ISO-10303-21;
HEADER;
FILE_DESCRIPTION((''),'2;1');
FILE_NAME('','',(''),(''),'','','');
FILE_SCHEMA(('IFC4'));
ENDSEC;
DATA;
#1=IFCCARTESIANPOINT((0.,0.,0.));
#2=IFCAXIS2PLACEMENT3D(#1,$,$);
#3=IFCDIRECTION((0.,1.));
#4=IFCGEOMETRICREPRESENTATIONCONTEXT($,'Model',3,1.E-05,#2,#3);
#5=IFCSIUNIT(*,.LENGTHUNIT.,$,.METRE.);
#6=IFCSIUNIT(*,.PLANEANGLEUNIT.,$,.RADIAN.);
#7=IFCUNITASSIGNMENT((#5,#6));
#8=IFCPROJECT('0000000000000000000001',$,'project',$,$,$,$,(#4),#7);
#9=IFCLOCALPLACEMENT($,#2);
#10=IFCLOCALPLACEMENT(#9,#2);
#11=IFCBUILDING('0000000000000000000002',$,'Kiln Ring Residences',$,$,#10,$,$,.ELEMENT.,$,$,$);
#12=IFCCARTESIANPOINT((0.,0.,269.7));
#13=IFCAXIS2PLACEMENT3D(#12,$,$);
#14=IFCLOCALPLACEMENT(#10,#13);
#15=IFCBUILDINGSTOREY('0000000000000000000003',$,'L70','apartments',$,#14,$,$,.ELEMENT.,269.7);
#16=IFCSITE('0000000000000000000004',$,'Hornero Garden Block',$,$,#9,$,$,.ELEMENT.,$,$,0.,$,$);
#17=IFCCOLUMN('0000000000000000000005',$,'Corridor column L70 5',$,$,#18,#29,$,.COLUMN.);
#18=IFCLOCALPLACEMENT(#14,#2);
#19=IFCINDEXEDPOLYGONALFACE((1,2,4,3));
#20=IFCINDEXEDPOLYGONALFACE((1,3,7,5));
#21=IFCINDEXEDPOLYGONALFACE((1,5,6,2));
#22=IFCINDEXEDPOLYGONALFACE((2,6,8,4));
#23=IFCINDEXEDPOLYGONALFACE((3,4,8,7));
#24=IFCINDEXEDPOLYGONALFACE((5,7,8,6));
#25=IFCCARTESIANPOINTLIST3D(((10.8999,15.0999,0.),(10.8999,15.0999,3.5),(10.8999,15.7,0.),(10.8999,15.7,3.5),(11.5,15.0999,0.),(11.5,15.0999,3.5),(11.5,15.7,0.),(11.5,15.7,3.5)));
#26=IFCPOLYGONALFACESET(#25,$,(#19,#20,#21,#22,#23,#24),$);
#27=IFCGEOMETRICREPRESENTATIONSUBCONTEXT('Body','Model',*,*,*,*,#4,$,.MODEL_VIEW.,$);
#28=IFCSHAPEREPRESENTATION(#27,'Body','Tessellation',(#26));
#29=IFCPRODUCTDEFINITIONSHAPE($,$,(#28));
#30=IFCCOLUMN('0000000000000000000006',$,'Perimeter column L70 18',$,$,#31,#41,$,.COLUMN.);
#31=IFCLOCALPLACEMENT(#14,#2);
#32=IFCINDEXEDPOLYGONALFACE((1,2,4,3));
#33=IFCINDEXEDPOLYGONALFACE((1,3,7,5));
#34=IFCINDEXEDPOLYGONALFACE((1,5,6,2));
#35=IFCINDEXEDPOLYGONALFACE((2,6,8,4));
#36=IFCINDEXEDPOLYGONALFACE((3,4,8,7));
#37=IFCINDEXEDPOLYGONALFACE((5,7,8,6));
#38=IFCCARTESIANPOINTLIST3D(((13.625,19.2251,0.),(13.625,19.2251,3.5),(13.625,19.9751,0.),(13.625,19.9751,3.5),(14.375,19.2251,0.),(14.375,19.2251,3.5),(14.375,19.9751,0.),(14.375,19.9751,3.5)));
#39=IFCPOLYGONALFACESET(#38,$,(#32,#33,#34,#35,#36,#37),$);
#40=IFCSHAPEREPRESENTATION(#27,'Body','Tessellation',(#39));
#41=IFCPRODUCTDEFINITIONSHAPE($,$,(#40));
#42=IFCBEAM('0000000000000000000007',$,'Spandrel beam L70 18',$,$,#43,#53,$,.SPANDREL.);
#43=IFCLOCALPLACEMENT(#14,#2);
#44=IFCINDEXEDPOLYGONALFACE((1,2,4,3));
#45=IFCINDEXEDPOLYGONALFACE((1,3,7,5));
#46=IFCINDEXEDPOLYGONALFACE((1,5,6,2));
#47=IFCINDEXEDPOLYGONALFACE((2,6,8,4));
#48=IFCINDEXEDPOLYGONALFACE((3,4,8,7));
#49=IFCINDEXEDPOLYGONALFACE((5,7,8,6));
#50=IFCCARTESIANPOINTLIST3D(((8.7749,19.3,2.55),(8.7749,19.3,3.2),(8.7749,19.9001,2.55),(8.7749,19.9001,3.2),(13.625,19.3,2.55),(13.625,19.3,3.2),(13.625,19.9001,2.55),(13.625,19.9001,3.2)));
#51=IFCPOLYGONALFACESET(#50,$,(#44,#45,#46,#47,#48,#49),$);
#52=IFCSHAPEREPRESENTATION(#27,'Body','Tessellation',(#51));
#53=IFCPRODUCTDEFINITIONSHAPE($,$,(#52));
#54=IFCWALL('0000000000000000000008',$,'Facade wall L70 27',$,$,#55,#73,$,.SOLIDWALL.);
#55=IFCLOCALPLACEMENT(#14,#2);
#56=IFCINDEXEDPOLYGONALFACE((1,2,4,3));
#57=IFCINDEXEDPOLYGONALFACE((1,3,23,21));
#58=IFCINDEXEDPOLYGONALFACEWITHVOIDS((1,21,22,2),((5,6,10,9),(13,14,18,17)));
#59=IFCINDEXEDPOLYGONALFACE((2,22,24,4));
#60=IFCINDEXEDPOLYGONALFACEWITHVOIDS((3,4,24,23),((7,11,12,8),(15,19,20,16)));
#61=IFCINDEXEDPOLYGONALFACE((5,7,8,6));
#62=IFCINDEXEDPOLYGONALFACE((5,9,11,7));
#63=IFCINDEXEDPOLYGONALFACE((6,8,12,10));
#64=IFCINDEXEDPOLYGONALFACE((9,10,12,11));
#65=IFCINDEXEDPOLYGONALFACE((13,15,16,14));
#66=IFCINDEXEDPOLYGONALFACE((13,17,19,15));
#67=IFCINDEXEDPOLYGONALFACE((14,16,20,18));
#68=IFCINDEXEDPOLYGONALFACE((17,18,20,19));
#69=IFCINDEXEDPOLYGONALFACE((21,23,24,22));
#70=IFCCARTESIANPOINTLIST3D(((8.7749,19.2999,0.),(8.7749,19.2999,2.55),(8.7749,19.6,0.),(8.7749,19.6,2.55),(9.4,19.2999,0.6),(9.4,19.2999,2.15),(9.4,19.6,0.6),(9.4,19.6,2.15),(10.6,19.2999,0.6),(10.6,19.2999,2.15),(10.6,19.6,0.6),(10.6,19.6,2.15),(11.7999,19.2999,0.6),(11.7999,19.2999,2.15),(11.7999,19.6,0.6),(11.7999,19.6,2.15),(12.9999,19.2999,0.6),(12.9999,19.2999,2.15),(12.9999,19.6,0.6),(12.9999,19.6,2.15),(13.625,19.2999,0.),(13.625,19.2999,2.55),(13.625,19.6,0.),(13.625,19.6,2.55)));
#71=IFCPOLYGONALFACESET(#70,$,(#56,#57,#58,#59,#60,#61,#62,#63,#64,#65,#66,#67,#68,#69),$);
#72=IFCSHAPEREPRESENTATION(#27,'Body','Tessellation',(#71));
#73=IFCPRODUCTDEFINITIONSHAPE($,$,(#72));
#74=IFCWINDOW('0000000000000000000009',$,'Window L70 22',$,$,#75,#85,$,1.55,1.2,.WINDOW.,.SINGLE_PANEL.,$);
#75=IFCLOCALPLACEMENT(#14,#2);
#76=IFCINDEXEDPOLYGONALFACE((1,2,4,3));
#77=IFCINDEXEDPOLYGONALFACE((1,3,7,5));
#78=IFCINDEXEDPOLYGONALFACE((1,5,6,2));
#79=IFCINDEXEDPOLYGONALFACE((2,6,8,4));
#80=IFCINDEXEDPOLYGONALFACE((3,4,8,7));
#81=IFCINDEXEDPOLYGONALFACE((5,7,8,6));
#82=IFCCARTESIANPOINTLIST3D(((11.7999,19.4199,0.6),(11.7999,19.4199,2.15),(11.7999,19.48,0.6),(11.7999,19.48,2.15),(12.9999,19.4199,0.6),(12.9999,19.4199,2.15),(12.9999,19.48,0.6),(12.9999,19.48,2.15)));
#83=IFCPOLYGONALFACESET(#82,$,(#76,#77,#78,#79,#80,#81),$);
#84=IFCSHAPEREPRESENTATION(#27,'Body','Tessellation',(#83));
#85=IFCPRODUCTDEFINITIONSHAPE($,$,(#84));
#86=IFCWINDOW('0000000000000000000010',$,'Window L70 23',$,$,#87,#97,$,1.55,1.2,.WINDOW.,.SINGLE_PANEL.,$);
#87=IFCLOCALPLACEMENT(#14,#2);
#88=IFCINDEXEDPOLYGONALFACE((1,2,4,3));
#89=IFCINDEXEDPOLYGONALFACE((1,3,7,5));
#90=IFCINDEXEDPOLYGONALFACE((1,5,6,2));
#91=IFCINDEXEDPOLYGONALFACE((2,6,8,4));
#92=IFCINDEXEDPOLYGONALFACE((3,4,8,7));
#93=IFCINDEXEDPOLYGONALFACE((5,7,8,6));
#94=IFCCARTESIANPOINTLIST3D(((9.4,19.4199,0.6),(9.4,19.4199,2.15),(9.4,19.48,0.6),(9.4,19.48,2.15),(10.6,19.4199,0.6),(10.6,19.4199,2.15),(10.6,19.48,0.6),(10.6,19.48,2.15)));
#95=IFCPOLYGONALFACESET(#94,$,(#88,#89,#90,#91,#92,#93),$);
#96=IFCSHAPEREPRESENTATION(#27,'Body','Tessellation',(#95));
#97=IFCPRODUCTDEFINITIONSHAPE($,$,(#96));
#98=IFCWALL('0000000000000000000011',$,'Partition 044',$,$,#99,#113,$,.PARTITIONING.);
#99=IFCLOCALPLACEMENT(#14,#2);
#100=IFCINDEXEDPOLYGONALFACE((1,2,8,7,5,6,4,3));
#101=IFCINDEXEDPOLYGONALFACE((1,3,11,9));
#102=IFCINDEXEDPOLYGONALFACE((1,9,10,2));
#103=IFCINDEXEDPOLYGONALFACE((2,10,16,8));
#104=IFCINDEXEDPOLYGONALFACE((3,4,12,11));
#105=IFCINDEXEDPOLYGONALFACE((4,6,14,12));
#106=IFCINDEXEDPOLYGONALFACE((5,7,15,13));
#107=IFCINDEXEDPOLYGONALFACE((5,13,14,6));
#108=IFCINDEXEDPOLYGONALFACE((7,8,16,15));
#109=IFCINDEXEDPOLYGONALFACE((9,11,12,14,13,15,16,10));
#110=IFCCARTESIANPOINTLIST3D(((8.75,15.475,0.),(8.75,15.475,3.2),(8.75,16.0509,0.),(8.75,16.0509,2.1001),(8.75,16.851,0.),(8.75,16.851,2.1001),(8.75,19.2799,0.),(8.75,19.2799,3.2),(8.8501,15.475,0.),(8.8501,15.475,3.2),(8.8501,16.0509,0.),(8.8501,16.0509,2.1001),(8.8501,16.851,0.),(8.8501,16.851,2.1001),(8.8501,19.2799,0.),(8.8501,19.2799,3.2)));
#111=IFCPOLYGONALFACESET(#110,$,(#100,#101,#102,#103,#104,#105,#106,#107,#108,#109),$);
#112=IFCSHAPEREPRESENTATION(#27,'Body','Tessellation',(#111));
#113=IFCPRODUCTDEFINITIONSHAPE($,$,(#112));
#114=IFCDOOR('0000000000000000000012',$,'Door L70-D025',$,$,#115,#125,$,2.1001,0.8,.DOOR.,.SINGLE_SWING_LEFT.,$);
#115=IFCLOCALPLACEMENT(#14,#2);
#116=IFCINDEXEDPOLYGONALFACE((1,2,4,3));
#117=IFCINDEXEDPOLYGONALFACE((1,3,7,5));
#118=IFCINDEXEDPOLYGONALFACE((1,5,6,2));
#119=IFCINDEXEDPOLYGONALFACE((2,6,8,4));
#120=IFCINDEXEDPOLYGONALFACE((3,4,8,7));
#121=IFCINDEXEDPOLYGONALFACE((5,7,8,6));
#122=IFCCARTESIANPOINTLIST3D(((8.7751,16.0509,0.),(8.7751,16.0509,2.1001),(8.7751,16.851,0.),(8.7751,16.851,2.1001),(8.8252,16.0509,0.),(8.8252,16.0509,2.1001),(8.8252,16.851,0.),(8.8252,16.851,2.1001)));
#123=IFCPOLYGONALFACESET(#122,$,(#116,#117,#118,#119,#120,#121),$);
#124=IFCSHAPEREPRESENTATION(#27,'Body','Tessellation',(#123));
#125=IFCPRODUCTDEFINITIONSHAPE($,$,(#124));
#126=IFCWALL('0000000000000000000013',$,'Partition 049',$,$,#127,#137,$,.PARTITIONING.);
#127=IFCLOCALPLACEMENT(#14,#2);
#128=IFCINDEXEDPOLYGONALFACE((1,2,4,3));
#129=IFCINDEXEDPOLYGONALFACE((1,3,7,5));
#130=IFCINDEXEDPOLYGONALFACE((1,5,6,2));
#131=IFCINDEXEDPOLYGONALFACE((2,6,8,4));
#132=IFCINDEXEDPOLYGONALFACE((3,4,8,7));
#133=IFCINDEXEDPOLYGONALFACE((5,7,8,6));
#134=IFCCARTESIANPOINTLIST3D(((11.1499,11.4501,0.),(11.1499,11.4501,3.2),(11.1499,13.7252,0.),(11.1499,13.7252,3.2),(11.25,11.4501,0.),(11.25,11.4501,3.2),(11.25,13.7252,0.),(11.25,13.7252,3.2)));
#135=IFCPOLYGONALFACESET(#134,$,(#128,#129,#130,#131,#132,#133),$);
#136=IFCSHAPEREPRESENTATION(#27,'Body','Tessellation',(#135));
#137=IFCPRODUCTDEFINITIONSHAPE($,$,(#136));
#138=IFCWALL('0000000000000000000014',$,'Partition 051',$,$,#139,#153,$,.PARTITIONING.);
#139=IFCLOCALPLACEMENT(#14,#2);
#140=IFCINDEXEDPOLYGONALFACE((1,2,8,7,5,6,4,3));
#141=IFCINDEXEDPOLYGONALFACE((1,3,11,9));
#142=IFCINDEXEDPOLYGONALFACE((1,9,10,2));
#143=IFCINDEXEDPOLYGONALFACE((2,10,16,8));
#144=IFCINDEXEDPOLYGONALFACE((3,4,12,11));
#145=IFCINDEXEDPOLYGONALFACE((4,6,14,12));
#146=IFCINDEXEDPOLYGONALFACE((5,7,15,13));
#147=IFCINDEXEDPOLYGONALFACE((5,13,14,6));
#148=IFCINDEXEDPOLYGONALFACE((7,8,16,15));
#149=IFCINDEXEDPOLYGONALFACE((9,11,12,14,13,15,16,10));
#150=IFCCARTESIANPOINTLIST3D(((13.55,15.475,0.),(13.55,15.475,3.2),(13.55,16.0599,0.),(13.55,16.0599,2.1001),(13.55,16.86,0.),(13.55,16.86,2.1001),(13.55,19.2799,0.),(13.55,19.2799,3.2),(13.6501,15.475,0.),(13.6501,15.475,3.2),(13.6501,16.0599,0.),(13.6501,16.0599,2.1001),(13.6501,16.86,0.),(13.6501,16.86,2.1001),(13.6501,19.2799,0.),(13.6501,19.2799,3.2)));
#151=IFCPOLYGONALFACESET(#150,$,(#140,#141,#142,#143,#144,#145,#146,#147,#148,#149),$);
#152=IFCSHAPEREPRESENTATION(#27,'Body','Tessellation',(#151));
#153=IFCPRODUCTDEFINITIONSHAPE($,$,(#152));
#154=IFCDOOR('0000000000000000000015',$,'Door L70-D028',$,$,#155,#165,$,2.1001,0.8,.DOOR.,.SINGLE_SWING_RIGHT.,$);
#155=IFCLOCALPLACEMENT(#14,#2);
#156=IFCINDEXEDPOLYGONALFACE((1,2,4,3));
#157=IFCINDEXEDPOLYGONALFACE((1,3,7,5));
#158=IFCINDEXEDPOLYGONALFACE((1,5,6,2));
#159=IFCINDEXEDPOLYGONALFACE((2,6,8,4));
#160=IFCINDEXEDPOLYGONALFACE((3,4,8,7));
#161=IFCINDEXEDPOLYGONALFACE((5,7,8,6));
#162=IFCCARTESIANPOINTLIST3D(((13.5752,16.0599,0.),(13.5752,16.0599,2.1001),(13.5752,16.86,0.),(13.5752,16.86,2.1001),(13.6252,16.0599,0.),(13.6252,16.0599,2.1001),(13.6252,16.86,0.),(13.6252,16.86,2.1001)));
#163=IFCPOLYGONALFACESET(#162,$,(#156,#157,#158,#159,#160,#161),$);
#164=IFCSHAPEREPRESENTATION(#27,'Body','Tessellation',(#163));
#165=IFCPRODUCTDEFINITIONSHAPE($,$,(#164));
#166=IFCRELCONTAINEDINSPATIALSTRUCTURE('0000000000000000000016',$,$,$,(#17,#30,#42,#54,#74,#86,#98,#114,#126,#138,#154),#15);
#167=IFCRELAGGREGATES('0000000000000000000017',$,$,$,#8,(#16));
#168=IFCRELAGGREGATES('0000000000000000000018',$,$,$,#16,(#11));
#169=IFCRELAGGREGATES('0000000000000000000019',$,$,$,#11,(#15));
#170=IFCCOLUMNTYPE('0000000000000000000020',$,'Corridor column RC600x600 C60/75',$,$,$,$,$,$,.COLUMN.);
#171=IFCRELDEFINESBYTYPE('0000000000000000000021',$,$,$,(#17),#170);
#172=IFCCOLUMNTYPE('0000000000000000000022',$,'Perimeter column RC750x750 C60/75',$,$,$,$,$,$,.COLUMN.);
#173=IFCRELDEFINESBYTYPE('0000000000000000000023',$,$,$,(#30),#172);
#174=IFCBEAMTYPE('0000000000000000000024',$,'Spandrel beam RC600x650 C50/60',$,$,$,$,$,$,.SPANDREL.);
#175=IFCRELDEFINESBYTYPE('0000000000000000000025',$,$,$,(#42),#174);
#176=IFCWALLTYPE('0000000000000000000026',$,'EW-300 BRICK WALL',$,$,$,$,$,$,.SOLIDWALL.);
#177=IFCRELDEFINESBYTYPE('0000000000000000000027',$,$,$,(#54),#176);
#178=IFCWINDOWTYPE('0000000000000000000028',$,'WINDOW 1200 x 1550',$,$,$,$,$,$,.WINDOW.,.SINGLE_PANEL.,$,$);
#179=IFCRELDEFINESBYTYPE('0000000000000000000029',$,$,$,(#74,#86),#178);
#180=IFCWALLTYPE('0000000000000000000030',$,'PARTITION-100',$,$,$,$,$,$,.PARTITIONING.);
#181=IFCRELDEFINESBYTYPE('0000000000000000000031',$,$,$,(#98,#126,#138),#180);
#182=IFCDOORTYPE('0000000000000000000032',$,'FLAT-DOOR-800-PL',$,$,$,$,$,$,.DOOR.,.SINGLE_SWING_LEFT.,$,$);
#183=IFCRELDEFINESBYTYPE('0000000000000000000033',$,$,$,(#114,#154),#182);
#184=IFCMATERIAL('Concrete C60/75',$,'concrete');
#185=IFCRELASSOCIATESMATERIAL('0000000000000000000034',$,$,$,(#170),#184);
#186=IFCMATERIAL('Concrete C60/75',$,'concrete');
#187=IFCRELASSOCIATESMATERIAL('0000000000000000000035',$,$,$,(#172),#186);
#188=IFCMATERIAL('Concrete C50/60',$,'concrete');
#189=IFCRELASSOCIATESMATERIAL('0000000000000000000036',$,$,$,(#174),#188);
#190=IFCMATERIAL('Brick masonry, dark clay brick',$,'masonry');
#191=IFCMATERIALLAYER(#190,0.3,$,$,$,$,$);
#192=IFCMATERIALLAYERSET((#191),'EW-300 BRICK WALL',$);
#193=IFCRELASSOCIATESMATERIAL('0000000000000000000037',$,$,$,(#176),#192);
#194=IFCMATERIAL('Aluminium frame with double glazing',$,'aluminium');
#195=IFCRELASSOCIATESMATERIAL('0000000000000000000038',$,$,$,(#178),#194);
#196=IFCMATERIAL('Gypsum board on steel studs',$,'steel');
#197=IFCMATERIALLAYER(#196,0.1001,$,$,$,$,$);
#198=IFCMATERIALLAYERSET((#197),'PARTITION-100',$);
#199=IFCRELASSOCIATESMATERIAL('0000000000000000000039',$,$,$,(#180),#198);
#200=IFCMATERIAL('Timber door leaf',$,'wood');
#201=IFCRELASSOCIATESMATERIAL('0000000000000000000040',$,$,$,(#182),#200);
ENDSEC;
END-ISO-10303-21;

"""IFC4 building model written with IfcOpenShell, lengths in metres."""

from ifc_helpers import new_model, si_unit, direction, frame, frame_2d, origin, origin_2d, place, context, subcontext, project, spatial, rectangle, extrude, material, layer, layer_set, material_profile, profile_set, type_object, element, fill, save


model = new_model("IFC4")

# Units and contexts
model_context = context("Model", 3, precision=1e-05, world=origin(), true_north=direction((0.0, 1.0)))
body_context = subcontext(model_context, "Body", "Model", "MODEL_VIEW")
ifc_project = project(units=[si_unit("LENGTHUNIT", "METRE"), si_unit("PLANEANGLEUNIT", "RADIAN")], contexts=[model_context])

# Site, building, storey
site_placement = place(None, origin())
site = spatial("IfcSite", under=ifc_project, at=site_placement, Name="Hornero Garden Block", CompositionType="ELEMENT", RefElevation=0.0)
building_placement = place(site_placement, origin())
building = spatial("IfcBuilding", under=site, at=building_placement, Name="Kiln Ring Residences", CompositionType="ELEMENT")
storey_placement = place(building_placement, frame((0.0, 0.0, 269.7)))
storey = spatial("IfcBuildingStorey", under=building, at=storey_placement, Name="L70", Description="apartments", CompositionType="ELEMENT", Elevation=269.7)

# Columns
ifc_material_1 = material(Name="Concrete C60/75", Category="concrete")
ifc_material_profile_1 = material_profile(ifc_material_1, rectangle(XDim=0.6001, YDim=0.6001, at=origin_2d()), Name="RC600x600")
ifc_profile_set_1 = profile_set([ifc_material_profile_1], Name="Concrete C60/75")
column_type_1 = type_object("IfcColumnType", Name="Corridor column RC600x600 C60/75", PredefinedType="COLUMN", material=ifc_profile_set_1)
column_1_placement = place(storey_placement, frame((11.2, 15.3999, 0.0), z_axis=(0.0, 0.0, 1.0), x_axis=(1.0, 0.0, 0.0)))
element("IfcColumn", 1, at=column_1_placement, inside=storey, type_object=column_type_1, Name="Corridor column L70 5", PredefinedType="COLUMN", context=body_context, shape_type="SweptSolid", body=[
    extrude(rectangle(XDim=0.6001, YDim=0.6001, at=origin_2d()), origin(), (0.0, 0.0, 1.0), 3.5),
])
ifc_material_2 = material(Name="Concrete C60/75", Category="concrete")
ifc_material_profile_2 = material_profile(ifc_material_2, rectangle(XDim=0.75, YDim=0.75, at=origin_2d()), Name="RC750x750")
ifc_profile_set_2 = profile_set([ifc_material_profile_2], Name="Concrete C60/75")
column_type_2 = type_object("IfcColumnType", Name="Perimeter column RC750x750 C60/75", PredefinedType="COLUMN", material=ifc_profile_set_2)
column_2_placement = place(storey_placement, frame((14.0, 19.6001, 0.0), z_axis=(0.0, 0.0, 1.0), x_axis=(1.0, 0.0, 0.0)))
element("IfcColumn", 2, at=column_2_placement, inside=storey, type_object=column_type_2, Name="Perimeter column L70 18", PredefinedType="COLUMN", context=body_context, shape_type="SweptSolid", body=[
    extrude(rectangle(XDim=0.75, YDim=0.75, at=origin_2d()), origin(), (0.0, 0.0, 1.0), 3.5),
])

# Beam
ifc_material_3 = material(Name="Concrete C50/60", Category="concrete")
ifc_material_profile_3 = material_profile(ifc_material_3, rectangle(XDim=0.6001, YDim=0.6499, at=origin_2d()), Name="RC600x650")
ifc_profile_set_3 = profile_set([ifc_material_profile_3], Name="Concrete C50/60")
beam_type = type_object("IfcBeamType", Name="Spandrel beam RC600x650 C50/60", PredefinedType="SPANDREL", material=ifc_profile_set_3)
beam_placement = place(storey_placement, frame((13.625, 19.6001, 2.875), z_axis=(-1.0, 0.0, 0.0), x_axis=(0.0, -1.0, 0.0)))
element("IfcBeam", 3, at=beam_placement, inside=storey, type_object=beam_type, Name="Spandrel beam L70 18", PredefinedType="SPANDREL", context=body_context, shape_type="SweptSolid", body=[
    extrude(rectangle(XDim=0.6001, YDim=0.6499, at=origin_2d()), origin(), (0.0, 0.0, 1.0), 4.8501),
])

# Wall, openings, windows
ifc_material_4 = material(Name="Brick masonry, dark clay brick", Category="masonry")
ifc_layer_1 = layer(ifc_material_4, 0.3)
ifc_layer_set_1 = layer_set([ifc_layer_1], Name="EW-300 BRICK WALL")
wall_type_1 = type_object("IfcWallType", Name="EW-300 BRICK WALL", PredefinedType="SOLIDWALL", material=ifc_layer_set_1)
wall_1_placement = place(storey_placement, frame((13.625, 19.45, 0.0), z_axis=(0.0, 0.0, 1.0), x_axis=(-1.0, 0.0, 0.0)))
wall_1 = element("IfcWall", 4, at=wall_1_placement, inside=storey, type_object=wall_type_1, Name="Facade wall L70 27", PredefinedType="SOLIDWALL", context=body_context, shape_type="SweptSolid", body=[
    extrude(rectangle(XDim=4.8501, YDim=0.3, at=frame_2d((2.425, 0.0))), origin(), (0.0, 0.0, 1.0), 2.55),
])
opening_1_placement = place(wall_1_placement, frame((0.625, 0.0, 0.6001)))
opening_1 = element("IfcOpeningElement", 5, at=opening_1_placement, cuts=wall_1, PredefinedType="OPENING", context=body_context, shape_type="SweptSolid", body=[
    extrude(rectangle(XDim=1.2, YDim=1.55, at=frame_2d((0.6001, 0.7749))), frame((0.0, 0.1599, 0.0), z_axis=(0.0, -1.0, 0.0), x_axis=(1.0, 0.0, 0.0)), (0.0, 0.0, 1.0), 0.3201),
])
opening_2_placement = place(wall_1_placement, frame((3.0249, 0.0, 0.6001)))
opening_2 = element("IfcOpeningElement", 6, at=opening_2_placement, cuts=wall_1, PredefinedType="OPENING", context=body_context, shape_type="SweptSolid", body=[
    extrude(rectangle(XDim=1.2, YDim=1.55, at=frame_2d((0.6001, 0.7749))), frame((0.0, 0.1599, 0.0), z_axis=(0.0, -1.0, 0.0), x_axis=(1.0, 0.0, 0.0)), (0.0, 0.0, 1.0), 0.3201),
])
ifc_material_5 = material(Name="Aluminium frame with double glazing", Category="aluminium")
window_type = type_object("IfcWindowType", Name="WINDOW 1200 x 1550", PartitioningType="SINGLE_PANEL", PredefinedType="WINDOW", material=ifc_material_5)
window_1_placement = place(opening_1_placement, origin())
window_1 = element("IfcWindow", 7, at=window_1_placement, inside=storey, type_object=window_type, Name="Window L70 22", OverallHeight=1.55, OverallWidth=1.2, PartitioningType="SINGLE_PANEL", PredefinedType="WINDOW", context=body_context, shape_type="SweptSolid", body=[
    extrude(rectangle(XDim=1.2, YDim=1.55, at=frame_2d((0.6001, 0.7749))), frame((0.0, 0.03, 0.0), z_axis=(0.0, -1.0, 0.0), x_axis=(1.0, 0.0, 0.0)), (0.0, 0.0, 1.0), 0.0601),
])
fill(opening_1, window_1)
window_2_placement = place(opening_2_placement, origin())
window_2 = element("IfcWindow", 8, at=window_2_placement, inside=storey, type_object=window_type, Name="Window L70 23", OverallHeight=1.55, OverallWidth=1.2, PartitioningType="SINGLE_PANEL", PredefinedType="WINDOW", context=body_context, shape_type="SweptSolid", body=[
    extrude(rectangle(XDim=1.2, YDim=1.55, at=frame_2d((0.6001, 0.7749))), frame((0.0, 0.03, 0.0), z_axis=(0.0, -1.0, 0.0), x_axis=(1.0, 0.0, 0.0)), (0.0, 0.0, 1.0), 0.0601),
])
fill(opening_2, window_2)

# Wall, opening, door
ifc_material_6 = material(Name="Gypsum board on steel studs", Category="steel")
ifc_layer_2 = layer(ifc_material_6, 0.1001)
ifc_layer_set_2 = layer_set([ifc_layer_2], Name="PARTITION-100")
wall_type_2 = type_object("IfcWallType", Name="PARTITION-100", PredefinedType="PARTITIONING", material=ifc_layer_set_2)
wall_2_placement = place(storey_placement, frame((8.8, 15.4751, 0.0), z_axis=(0.0, 0.0, 1.0), x_axis=(0.0, 1.0, 0.0)))
wall_2 = element("IfcWall", 9, at=wall_2_placement, inside=storey, type_object=wall_type_2, Name="Partition 044", PredefinedType="PARTITIONING", context=body_context, shape_type="SweptSolid", body=[
    extrude(rectangle(XDim=3.8049, YDim=0.1001, at=frame_2d((1.9023, 0.0))), origin(), (0.0, 0.0, 1.0), 3.2),
])
opening_3_placement = place(wall_2_placement, frame((0.5759, 0.0, 0.0)))
opening_3 = element("IfcOpeningElement", 10, at=opening_3_placement, cuts=wall_2, PredefinedType="OPENING", context=body_context, shape_type="SweptSolid", body=[
    extrude(rectangle(XDim=0.8, YDim=2.1001, at=frame_2d((0.3999, 1.05))), frame((0.0, 0.0601, 0.0), z_axis=(0.0, -1.0, 0.0), x_axis=(1.0, 0.0, 0.0)), (0.0, 0.0, 1.0), 0.1201),
])
ifc_material_7 = material(Name="Timber door leaf", Category="wood")
door_type_1 = type_object("IfcDoorType", Name="FLAT-DOOR-800-PL", OperationType="SINGLE_SWING_LEFT", PredefinedType="DOOR", material=ifc_material_7)
door_1_placement = place(opening_3_placement, origin())
door_1 = element("IfcDoor", 11, at=door_1_placement, inside=storey, type_object=door_type_1, Name="Door L70-D025", OperationType="SINGLE_SWING_LEFT", OverallHeight=2.1001, OverallWidth=0.8, PredefinedType="DOOR", context=body_context, shape_type="SweptSolid", body=[
    extrude(rectangle(XDim=0.8, YDim=2.1001, at=frame_2d((0.3999, 1.05))), frame((0.0, 0.0249, 0.0), z_axis=(0.0, -1.0, 0.0), x_axis=(1.0, 0.0, 0.0)), (0.0, 0.0, 1.0), 0.05),
])
fill(opening_3, door_1)

# Wall
wall_3_placement = place(storey_placement, frame((11.2, 11.45, 0.0), z_axis=(0.0, 0.0, 1.0), x_axis=(0.0, 1.0, 0.0)))
element("IfcWall", 12, at=wall_3_placement, inside=storey, type_object=wall_type_2, Name="Partition 049", PredefinedType="PARTITIONING", context=body_context, shape_type="SweptSolid", body=[
    extrude(rectangle(XDim=2.2751, YDim=0.1001, at=frame_2d((1.1377, 0.0))), origin(), (0.0, 0.0, 1.0), 3.2),
])

# Wall, opening, door
wall_4_placement = place(storey_placement, frame((13.6001, 15.4751, 0.0), z_axis=(0.0, 0.0, 1.0), x_axis=(0.0, 1.0, 0.0)))
wall_4 = element("IfcWall", 13, at=wall_4_placement, inside=storey, type_object=wall_type_2, Name="Partition 051", PredefinedType="PARTITIONING", context=body_context, shape_type="SweptSolid", body=[
    extrude(rectangle(XDim=3.8049, YDim=0.1001, at=frame_2d((1.9023, 0.0))), origin(), (0.0, 0.0, 1.0), 3.2),
])
opening_4_placement = place(wall_4_placement, frame((0.585, 0.0, 0.0)))
opening_4 = element("IfcOpeningElement", 14, at=opening_4_placement, cuts=wall_4, PredefinedType="OPENING", context=body_context, shape_type="SweptSolid", body=[
    extrude(rectangle(XDim=0.8, YDim=2.1001, at=frame_2d((0.3999, 1.05))), frame((0.0, 0.0601, 0.0), z_axis=(0.0, -1.0, 0.0), x_axis=(1.0, 0.0, 0.0)), (0.0, 0.0, 1.0), 0.1201),
])
door_2_placement = place(opening_4_placement, origin())
door_2 = element("IfcDoor", 15, at=door_2_placement, inside=storey, type_object=door_type_1, Name="Door L70-D028", OperationType="SINGLE_SWING_RIGHT", OverallHeight=2.1001, OverallWidth=0.8, PredefinedType="DOOR", context=body_context, shape_type="SweptSolid", body=[
    extrude(rectangle(XDim=0.8, YDim=2.1001, at=frame_2d((0.3999, 1.05))), frame((0.0, 0.0249, 0.0), z_axis=(0.0, -1.0, 0.0), x_axis=(1.0, 0.0, 0.0)), (0.0, 0.0, 1.0), 0.05),
])
fill(opening_4, door_2)

save(model, "model.ifc")
